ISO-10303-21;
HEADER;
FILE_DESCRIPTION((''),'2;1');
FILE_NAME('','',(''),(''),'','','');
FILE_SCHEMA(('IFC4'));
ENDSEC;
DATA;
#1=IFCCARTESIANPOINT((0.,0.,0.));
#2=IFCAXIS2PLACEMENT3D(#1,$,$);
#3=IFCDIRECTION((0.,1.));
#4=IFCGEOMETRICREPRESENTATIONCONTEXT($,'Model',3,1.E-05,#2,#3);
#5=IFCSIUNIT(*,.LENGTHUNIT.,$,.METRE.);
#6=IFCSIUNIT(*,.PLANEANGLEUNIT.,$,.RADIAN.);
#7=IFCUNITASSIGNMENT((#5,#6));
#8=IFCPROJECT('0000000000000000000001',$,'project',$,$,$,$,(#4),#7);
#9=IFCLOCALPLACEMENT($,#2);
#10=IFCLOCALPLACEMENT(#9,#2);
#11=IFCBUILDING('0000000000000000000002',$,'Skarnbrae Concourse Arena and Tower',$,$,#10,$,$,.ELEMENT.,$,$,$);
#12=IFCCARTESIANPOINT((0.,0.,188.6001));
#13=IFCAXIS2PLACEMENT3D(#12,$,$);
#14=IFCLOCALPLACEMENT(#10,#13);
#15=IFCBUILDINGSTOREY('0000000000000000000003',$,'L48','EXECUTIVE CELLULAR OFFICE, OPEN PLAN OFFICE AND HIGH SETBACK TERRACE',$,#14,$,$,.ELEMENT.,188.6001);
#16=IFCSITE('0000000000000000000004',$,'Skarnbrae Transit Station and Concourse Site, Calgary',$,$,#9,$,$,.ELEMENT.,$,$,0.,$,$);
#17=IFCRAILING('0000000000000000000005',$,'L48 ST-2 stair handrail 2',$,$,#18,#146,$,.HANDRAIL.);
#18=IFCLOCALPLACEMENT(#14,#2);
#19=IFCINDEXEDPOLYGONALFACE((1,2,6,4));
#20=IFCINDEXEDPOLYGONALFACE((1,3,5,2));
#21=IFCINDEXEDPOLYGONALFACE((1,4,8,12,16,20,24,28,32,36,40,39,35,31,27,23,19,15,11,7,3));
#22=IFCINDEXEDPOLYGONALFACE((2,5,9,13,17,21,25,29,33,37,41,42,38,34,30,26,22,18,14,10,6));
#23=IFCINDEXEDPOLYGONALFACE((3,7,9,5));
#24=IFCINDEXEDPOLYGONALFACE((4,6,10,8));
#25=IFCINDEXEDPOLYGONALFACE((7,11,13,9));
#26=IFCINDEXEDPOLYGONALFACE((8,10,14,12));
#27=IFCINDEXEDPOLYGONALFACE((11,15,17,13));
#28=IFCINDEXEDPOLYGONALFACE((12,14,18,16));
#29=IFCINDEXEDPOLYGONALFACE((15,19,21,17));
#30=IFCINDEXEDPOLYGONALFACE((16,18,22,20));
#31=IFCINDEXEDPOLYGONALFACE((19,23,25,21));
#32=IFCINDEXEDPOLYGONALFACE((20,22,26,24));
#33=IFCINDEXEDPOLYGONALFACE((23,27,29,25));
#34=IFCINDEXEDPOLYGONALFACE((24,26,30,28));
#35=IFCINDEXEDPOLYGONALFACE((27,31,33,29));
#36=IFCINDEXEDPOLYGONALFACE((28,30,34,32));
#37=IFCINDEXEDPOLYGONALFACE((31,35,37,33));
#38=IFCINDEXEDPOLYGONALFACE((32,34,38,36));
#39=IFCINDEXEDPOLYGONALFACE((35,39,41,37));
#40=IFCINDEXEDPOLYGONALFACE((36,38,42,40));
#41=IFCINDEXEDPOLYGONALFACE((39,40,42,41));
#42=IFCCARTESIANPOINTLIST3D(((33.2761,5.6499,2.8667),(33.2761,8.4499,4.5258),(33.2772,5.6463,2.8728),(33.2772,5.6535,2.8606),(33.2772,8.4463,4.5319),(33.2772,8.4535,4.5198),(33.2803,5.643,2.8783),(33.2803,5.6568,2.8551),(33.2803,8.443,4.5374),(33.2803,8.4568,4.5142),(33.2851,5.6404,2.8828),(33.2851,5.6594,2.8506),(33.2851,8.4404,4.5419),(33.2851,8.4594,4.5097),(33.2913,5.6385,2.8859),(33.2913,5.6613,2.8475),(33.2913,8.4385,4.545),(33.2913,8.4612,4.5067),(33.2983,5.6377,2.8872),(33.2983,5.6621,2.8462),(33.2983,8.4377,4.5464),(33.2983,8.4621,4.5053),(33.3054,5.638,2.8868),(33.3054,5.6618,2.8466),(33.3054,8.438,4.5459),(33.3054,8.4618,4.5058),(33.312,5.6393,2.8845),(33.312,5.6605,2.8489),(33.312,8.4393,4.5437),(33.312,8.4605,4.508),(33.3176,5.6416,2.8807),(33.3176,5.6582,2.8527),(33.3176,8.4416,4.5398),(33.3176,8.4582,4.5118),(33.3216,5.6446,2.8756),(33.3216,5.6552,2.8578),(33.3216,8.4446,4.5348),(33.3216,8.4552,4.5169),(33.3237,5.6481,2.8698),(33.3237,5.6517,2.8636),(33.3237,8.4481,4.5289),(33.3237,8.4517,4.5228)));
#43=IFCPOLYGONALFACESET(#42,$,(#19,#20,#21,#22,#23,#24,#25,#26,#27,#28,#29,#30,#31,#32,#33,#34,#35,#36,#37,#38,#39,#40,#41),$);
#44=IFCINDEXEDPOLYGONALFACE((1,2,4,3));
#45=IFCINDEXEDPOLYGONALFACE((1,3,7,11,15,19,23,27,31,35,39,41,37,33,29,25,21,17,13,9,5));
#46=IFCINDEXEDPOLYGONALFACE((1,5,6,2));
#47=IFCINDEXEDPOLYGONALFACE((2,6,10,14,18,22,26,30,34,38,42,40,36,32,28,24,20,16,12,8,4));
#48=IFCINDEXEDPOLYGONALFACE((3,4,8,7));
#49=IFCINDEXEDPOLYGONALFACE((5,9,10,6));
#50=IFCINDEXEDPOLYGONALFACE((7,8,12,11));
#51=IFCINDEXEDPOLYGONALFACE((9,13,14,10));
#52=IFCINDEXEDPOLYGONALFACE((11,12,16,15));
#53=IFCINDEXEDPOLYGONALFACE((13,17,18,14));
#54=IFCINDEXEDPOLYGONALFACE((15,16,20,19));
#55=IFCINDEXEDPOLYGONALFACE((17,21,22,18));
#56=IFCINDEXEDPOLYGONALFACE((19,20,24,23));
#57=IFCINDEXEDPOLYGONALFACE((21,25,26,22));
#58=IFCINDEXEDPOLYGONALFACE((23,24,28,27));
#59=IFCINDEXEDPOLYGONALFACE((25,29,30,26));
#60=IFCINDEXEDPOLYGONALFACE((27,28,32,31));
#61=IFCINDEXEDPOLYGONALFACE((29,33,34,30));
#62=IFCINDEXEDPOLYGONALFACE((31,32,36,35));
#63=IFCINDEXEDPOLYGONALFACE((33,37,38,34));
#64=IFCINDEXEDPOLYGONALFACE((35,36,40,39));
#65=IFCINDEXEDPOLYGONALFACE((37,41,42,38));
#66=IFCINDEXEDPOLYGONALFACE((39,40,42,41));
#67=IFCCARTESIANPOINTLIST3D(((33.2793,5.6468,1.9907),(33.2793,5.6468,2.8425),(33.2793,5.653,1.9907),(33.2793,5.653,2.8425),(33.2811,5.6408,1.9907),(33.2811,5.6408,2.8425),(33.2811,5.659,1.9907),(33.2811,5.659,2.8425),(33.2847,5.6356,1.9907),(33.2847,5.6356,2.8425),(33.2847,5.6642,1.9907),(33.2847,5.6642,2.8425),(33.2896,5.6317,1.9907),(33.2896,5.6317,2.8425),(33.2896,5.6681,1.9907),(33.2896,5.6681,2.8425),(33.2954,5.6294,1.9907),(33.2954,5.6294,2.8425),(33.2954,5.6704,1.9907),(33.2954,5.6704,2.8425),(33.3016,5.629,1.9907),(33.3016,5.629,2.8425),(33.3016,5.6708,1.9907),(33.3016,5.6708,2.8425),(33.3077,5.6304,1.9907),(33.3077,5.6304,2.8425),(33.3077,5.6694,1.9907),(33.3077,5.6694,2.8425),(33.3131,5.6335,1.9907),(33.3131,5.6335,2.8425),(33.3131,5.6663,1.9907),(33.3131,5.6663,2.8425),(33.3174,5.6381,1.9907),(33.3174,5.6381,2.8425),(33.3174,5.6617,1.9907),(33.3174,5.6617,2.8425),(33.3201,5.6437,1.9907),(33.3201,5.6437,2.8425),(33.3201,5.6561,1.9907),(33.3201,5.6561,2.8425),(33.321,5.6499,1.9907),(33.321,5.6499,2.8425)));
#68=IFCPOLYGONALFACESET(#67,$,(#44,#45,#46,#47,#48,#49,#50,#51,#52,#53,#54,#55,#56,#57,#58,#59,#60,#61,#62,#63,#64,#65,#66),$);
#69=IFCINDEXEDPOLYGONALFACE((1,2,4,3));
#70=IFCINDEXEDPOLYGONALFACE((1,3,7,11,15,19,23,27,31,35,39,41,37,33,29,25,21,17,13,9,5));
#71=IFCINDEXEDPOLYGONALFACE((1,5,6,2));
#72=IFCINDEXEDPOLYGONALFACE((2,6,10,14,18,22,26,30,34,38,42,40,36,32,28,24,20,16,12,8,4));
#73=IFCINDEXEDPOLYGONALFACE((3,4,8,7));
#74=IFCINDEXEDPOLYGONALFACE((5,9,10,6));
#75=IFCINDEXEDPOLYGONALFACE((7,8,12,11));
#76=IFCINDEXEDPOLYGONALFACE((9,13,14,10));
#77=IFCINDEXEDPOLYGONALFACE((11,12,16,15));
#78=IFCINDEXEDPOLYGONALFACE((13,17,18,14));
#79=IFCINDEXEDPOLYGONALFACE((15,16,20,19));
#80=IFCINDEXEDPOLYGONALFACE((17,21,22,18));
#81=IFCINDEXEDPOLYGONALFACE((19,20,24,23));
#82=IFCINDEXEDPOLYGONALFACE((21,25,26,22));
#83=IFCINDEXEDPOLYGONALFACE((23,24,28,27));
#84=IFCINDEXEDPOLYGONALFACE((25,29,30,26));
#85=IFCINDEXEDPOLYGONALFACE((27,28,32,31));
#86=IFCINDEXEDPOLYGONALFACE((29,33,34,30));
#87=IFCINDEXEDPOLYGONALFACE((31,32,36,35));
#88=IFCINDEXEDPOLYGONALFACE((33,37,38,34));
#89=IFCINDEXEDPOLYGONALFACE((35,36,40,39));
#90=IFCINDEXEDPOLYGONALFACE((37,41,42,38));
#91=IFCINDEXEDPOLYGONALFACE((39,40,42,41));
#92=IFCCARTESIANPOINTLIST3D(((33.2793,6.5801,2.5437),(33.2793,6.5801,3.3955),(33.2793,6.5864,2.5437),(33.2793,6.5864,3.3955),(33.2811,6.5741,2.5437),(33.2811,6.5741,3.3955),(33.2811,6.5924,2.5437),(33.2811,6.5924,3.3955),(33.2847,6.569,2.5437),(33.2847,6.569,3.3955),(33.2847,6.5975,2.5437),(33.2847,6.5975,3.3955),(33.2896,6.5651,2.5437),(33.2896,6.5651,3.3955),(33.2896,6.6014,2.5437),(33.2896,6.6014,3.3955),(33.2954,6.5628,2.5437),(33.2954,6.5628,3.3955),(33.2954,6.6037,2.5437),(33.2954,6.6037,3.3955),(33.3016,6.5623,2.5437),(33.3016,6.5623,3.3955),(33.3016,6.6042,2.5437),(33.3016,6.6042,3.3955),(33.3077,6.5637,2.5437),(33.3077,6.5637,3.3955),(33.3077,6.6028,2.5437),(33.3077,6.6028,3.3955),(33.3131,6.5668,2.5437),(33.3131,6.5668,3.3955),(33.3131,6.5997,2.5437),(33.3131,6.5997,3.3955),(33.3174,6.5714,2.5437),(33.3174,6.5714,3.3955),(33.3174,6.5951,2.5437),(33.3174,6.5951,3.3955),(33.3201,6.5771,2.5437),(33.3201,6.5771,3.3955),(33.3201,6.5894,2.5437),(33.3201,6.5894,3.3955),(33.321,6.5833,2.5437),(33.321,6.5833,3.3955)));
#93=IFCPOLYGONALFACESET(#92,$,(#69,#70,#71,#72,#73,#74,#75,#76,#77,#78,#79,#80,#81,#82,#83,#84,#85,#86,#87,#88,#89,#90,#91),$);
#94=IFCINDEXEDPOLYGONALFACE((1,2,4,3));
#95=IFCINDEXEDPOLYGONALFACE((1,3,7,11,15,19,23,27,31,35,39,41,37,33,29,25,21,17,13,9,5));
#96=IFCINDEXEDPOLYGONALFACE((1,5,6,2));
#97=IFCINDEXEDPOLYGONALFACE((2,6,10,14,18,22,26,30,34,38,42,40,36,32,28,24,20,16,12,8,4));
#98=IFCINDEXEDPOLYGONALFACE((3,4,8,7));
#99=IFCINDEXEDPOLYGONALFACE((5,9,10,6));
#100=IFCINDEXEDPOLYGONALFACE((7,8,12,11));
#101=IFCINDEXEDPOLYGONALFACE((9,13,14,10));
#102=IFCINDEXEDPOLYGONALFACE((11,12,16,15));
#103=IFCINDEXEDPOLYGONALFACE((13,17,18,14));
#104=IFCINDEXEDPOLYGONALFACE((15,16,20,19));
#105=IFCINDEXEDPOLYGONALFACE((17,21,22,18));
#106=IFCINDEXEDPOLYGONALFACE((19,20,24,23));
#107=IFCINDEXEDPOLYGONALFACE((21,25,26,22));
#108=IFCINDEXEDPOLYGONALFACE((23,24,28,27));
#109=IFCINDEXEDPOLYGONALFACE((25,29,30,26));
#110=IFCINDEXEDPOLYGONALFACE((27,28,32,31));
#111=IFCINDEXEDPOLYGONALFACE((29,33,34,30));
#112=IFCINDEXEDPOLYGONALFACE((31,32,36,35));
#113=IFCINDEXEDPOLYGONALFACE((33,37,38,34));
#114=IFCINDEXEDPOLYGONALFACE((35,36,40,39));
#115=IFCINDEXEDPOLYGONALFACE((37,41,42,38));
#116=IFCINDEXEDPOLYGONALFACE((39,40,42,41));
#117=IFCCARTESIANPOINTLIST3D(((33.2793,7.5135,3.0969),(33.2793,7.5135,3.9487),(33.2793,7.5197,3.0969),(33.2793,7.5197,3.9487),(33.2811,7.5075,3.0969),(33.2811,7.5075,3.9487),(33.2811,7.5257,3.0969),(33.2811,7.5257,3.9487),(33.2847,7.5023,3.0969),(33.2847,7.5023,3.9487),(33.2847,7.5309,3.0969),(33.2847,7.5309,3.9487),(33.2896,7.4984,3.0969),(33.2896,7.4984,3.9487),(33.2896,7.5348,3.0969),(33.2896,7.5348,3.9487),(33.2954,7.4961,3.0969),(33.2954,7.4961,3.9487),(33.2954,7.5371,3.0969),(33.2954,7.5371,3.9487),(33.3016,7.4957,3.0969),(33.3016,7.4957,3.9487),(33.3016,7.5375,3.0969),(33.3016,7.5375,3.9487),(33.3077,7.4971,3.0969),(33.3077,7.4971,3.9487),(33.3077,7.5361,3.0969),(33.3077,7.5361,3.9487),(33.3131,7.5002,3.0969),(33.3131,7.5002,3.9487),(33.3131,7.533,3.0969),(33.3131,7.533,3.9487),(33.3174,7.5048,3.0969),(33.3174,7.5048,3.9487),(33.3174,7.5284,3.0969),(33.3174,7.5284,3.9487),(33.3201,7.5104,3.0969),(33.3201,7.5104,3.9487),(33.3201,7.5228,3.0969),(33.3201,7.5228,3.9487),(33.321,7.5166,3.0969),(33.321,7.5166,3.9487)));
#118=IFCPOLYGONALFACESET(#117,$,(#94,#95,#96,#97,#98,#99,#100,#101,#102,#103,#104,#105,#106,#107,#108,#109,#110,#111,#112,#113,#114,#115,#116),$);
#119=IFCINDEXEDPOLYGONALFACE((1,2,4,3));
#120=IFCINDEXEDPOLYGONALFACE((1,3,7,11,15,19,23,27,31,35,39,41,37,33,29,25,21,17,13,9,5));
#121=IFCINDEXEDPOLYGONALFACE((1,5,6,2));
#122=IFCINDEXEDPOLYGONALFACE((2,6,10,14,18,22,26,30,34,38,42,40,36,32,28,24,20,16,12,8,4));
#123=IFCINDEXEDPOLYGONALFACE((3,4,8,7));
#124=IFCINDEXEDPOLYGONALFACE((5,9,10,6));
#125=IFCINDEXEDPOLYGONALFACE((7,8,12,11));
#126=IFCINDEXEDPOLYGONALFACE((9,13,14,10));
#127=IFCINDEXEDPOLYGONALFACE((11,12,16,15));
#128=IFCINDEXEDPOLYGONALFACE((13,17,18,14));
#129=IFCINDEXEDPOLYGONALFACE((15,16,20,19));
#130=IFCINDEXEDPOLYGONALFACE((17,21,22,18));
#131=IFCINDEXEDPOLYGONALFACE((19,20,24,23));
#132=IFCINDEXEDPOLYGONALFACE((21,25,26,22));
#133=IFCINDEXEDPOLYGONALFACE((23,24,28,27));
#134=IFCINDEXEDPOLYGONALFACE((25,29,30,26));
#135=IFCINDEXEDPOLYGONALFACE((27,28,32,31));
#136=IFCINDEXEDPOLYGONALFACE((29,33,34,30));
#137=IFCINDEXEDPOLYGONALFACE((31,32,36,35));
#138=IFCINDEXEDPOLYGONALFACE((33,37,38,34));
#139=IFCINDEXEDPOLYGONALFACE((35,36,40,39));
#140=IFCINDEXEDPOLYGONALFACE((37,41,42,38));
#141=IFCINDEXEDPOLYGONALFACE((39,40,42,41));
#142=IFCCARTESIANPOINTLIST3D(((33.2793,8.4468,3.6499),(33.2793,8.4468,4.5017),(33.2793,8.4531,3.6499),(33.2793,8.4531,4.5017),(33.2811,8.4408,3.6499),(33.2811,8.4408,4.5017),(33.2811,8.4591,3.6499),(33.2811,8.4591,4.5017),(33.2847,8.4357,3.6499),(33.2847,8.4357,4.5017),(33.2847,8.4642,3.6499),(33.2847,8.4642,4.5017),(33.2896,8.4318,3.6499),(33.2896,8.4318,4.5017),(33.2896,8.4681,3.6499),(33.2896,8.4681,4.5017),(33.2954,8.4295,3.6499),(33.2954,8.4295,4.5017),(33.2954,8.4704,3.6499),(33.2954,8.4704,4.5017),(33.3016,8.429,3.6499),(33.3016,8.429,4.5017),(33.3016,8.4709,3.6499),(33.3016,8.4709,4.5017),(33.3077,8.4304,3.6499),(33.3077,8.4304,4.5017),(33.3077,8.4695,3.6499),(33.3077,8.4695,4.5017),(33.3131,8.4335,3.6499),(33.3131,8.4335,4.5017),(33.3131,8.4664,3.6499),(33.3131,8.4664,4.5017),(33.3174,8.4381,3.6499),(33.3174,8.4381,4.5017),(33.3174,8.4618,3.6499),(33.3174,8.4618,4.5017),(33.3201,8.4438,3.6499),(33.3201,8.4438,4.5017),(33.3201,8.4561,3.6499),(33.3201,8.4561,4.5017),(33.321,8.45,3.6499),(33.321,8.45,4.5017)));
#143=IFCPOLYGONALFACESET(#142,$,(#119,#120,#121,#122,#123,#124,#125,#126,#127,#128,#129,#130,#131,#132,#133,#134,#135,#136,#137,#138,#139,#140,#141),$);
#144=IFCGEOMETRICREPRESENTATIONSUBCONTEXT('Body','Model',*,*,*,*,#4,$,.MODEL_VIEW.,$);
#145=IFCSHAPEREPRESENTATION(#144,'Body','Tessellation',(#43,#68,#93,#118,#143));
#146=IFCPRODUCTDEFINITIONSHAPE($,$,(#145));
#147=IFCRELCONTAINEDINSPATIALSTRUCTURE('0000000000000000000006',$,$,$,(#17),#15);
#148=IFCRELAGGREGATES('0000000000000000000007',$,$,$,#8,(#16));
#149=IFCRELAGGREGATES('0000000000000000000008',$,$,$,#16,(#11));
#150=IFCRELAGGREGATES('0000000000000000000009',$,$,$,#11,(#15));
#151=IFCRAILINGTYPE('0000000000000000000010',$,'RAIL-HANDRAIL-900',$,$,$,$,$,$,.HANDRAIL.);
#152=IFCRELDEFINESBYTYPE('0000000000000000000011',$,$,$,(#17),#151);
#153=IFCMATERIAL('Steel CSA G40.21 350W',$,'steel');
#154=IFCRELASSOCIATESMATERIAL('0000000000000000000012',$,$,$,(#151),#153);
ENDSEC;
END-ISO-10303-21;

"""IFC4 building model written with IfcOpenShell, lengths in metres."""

from ifc_helpers import new_model, si_unit, direction, frame, origin, origin_2d, place, context, subcontext, project, spatial, circle, extrude, material, type_object, element, save


model = new_model("IFC4")

# Units and contexts
model_context = context("Model", 3, precision=1e-05, world=origin(), true_north=direction((0.0, 1.0)))
body_context = subcontext(model_context, "Body", "Model", "MODEL_VIEW")
ifc_project = project(units=[si_unit("LENGTHUNIT", "METRE"), si_unit("PLANEANGLEUNIT", "RADIAN")], contexts=[model_context])

# Site, building, storey
site_placement = place(None, origin())
site = spatial("IfcSite", under=ifc_project, at=site_placement, Name="Skarnbrae Transit Station and Concourse Site, Calgary", CompositionType="ELEMENT", RefElevation=0.0)
building_placement = place(site_placement, origin())
building = spatial("IfcBuilding", under=site, at=building_placement, Name="Skarnbrae Concourse Arena and Tower", CompositionType="ELEMENT")
storey_placement = place(building_placement, frame((0.0, 0.0, 188.6001)))
storey = spatial("IfcBuildingStorey", under=building, at=storey_placement, Name="L48", Description="EXECUTIVE CELLULAR OFFICE, OPEN PLAN OFFICE AND HIGH SETBACK TERRACE", CompositionType="ELEMENT", Elevation=188.6001)

# Shared definitions
ifc_material_1 = material(Name="Steel CSA G40.21 350W", Category="steel")

# Railing
railing_type_1 = type_object("IfcRailingType", Name="RAIL-HANDRAIL-900", PredefinedType="HANDRAIL", material=ifc_material_1)
railing_1_placement = place(storey_placement, frame((33.3, 5.6499, 1.9907)))
element("IfcRailing", 1, at=railing_1_placement, inside=storey, type_object=railing_type_1, Name="L48 ST-2 stair handrail 2", PredefinedType="HANDRAIL", context=body_context, shape_type="SweptSolid", body=[
    extrude(circle(Radius=0.0239, at=origin_2d()), frame((0.0, 0.0, 0.876), z_axis=(0.0, 0.860306, 0.509778), x_axis=(-1.0, 0.0, 0.0)), (0.0, 0.0, 1.0), 3.2546),
    extrude(circle(Radius=0.021, at=origin_2d()), origin(), (0.0, 0.0, 1.0), 0.8518),
    extrude(circle(Radius=0.021, at=origin_2d()), frame((0.0, 0.9333, 0.553)), (0.0, 0.0, 1.0), 0.8518),
    extrude(circle(Radius=0.021, at=origin_2d()), frame((0.0, 1.8667, 1.1062)), (0.0, 0.0, 1.0), 0.8518),
    extrude(circle(Radius=0.021, at=origin_2d()), frame((0.0, 2.8, 1.6592)), (0.0, 0.0, 1.0), 0.8518),
])

save(model, "model.ifc")
